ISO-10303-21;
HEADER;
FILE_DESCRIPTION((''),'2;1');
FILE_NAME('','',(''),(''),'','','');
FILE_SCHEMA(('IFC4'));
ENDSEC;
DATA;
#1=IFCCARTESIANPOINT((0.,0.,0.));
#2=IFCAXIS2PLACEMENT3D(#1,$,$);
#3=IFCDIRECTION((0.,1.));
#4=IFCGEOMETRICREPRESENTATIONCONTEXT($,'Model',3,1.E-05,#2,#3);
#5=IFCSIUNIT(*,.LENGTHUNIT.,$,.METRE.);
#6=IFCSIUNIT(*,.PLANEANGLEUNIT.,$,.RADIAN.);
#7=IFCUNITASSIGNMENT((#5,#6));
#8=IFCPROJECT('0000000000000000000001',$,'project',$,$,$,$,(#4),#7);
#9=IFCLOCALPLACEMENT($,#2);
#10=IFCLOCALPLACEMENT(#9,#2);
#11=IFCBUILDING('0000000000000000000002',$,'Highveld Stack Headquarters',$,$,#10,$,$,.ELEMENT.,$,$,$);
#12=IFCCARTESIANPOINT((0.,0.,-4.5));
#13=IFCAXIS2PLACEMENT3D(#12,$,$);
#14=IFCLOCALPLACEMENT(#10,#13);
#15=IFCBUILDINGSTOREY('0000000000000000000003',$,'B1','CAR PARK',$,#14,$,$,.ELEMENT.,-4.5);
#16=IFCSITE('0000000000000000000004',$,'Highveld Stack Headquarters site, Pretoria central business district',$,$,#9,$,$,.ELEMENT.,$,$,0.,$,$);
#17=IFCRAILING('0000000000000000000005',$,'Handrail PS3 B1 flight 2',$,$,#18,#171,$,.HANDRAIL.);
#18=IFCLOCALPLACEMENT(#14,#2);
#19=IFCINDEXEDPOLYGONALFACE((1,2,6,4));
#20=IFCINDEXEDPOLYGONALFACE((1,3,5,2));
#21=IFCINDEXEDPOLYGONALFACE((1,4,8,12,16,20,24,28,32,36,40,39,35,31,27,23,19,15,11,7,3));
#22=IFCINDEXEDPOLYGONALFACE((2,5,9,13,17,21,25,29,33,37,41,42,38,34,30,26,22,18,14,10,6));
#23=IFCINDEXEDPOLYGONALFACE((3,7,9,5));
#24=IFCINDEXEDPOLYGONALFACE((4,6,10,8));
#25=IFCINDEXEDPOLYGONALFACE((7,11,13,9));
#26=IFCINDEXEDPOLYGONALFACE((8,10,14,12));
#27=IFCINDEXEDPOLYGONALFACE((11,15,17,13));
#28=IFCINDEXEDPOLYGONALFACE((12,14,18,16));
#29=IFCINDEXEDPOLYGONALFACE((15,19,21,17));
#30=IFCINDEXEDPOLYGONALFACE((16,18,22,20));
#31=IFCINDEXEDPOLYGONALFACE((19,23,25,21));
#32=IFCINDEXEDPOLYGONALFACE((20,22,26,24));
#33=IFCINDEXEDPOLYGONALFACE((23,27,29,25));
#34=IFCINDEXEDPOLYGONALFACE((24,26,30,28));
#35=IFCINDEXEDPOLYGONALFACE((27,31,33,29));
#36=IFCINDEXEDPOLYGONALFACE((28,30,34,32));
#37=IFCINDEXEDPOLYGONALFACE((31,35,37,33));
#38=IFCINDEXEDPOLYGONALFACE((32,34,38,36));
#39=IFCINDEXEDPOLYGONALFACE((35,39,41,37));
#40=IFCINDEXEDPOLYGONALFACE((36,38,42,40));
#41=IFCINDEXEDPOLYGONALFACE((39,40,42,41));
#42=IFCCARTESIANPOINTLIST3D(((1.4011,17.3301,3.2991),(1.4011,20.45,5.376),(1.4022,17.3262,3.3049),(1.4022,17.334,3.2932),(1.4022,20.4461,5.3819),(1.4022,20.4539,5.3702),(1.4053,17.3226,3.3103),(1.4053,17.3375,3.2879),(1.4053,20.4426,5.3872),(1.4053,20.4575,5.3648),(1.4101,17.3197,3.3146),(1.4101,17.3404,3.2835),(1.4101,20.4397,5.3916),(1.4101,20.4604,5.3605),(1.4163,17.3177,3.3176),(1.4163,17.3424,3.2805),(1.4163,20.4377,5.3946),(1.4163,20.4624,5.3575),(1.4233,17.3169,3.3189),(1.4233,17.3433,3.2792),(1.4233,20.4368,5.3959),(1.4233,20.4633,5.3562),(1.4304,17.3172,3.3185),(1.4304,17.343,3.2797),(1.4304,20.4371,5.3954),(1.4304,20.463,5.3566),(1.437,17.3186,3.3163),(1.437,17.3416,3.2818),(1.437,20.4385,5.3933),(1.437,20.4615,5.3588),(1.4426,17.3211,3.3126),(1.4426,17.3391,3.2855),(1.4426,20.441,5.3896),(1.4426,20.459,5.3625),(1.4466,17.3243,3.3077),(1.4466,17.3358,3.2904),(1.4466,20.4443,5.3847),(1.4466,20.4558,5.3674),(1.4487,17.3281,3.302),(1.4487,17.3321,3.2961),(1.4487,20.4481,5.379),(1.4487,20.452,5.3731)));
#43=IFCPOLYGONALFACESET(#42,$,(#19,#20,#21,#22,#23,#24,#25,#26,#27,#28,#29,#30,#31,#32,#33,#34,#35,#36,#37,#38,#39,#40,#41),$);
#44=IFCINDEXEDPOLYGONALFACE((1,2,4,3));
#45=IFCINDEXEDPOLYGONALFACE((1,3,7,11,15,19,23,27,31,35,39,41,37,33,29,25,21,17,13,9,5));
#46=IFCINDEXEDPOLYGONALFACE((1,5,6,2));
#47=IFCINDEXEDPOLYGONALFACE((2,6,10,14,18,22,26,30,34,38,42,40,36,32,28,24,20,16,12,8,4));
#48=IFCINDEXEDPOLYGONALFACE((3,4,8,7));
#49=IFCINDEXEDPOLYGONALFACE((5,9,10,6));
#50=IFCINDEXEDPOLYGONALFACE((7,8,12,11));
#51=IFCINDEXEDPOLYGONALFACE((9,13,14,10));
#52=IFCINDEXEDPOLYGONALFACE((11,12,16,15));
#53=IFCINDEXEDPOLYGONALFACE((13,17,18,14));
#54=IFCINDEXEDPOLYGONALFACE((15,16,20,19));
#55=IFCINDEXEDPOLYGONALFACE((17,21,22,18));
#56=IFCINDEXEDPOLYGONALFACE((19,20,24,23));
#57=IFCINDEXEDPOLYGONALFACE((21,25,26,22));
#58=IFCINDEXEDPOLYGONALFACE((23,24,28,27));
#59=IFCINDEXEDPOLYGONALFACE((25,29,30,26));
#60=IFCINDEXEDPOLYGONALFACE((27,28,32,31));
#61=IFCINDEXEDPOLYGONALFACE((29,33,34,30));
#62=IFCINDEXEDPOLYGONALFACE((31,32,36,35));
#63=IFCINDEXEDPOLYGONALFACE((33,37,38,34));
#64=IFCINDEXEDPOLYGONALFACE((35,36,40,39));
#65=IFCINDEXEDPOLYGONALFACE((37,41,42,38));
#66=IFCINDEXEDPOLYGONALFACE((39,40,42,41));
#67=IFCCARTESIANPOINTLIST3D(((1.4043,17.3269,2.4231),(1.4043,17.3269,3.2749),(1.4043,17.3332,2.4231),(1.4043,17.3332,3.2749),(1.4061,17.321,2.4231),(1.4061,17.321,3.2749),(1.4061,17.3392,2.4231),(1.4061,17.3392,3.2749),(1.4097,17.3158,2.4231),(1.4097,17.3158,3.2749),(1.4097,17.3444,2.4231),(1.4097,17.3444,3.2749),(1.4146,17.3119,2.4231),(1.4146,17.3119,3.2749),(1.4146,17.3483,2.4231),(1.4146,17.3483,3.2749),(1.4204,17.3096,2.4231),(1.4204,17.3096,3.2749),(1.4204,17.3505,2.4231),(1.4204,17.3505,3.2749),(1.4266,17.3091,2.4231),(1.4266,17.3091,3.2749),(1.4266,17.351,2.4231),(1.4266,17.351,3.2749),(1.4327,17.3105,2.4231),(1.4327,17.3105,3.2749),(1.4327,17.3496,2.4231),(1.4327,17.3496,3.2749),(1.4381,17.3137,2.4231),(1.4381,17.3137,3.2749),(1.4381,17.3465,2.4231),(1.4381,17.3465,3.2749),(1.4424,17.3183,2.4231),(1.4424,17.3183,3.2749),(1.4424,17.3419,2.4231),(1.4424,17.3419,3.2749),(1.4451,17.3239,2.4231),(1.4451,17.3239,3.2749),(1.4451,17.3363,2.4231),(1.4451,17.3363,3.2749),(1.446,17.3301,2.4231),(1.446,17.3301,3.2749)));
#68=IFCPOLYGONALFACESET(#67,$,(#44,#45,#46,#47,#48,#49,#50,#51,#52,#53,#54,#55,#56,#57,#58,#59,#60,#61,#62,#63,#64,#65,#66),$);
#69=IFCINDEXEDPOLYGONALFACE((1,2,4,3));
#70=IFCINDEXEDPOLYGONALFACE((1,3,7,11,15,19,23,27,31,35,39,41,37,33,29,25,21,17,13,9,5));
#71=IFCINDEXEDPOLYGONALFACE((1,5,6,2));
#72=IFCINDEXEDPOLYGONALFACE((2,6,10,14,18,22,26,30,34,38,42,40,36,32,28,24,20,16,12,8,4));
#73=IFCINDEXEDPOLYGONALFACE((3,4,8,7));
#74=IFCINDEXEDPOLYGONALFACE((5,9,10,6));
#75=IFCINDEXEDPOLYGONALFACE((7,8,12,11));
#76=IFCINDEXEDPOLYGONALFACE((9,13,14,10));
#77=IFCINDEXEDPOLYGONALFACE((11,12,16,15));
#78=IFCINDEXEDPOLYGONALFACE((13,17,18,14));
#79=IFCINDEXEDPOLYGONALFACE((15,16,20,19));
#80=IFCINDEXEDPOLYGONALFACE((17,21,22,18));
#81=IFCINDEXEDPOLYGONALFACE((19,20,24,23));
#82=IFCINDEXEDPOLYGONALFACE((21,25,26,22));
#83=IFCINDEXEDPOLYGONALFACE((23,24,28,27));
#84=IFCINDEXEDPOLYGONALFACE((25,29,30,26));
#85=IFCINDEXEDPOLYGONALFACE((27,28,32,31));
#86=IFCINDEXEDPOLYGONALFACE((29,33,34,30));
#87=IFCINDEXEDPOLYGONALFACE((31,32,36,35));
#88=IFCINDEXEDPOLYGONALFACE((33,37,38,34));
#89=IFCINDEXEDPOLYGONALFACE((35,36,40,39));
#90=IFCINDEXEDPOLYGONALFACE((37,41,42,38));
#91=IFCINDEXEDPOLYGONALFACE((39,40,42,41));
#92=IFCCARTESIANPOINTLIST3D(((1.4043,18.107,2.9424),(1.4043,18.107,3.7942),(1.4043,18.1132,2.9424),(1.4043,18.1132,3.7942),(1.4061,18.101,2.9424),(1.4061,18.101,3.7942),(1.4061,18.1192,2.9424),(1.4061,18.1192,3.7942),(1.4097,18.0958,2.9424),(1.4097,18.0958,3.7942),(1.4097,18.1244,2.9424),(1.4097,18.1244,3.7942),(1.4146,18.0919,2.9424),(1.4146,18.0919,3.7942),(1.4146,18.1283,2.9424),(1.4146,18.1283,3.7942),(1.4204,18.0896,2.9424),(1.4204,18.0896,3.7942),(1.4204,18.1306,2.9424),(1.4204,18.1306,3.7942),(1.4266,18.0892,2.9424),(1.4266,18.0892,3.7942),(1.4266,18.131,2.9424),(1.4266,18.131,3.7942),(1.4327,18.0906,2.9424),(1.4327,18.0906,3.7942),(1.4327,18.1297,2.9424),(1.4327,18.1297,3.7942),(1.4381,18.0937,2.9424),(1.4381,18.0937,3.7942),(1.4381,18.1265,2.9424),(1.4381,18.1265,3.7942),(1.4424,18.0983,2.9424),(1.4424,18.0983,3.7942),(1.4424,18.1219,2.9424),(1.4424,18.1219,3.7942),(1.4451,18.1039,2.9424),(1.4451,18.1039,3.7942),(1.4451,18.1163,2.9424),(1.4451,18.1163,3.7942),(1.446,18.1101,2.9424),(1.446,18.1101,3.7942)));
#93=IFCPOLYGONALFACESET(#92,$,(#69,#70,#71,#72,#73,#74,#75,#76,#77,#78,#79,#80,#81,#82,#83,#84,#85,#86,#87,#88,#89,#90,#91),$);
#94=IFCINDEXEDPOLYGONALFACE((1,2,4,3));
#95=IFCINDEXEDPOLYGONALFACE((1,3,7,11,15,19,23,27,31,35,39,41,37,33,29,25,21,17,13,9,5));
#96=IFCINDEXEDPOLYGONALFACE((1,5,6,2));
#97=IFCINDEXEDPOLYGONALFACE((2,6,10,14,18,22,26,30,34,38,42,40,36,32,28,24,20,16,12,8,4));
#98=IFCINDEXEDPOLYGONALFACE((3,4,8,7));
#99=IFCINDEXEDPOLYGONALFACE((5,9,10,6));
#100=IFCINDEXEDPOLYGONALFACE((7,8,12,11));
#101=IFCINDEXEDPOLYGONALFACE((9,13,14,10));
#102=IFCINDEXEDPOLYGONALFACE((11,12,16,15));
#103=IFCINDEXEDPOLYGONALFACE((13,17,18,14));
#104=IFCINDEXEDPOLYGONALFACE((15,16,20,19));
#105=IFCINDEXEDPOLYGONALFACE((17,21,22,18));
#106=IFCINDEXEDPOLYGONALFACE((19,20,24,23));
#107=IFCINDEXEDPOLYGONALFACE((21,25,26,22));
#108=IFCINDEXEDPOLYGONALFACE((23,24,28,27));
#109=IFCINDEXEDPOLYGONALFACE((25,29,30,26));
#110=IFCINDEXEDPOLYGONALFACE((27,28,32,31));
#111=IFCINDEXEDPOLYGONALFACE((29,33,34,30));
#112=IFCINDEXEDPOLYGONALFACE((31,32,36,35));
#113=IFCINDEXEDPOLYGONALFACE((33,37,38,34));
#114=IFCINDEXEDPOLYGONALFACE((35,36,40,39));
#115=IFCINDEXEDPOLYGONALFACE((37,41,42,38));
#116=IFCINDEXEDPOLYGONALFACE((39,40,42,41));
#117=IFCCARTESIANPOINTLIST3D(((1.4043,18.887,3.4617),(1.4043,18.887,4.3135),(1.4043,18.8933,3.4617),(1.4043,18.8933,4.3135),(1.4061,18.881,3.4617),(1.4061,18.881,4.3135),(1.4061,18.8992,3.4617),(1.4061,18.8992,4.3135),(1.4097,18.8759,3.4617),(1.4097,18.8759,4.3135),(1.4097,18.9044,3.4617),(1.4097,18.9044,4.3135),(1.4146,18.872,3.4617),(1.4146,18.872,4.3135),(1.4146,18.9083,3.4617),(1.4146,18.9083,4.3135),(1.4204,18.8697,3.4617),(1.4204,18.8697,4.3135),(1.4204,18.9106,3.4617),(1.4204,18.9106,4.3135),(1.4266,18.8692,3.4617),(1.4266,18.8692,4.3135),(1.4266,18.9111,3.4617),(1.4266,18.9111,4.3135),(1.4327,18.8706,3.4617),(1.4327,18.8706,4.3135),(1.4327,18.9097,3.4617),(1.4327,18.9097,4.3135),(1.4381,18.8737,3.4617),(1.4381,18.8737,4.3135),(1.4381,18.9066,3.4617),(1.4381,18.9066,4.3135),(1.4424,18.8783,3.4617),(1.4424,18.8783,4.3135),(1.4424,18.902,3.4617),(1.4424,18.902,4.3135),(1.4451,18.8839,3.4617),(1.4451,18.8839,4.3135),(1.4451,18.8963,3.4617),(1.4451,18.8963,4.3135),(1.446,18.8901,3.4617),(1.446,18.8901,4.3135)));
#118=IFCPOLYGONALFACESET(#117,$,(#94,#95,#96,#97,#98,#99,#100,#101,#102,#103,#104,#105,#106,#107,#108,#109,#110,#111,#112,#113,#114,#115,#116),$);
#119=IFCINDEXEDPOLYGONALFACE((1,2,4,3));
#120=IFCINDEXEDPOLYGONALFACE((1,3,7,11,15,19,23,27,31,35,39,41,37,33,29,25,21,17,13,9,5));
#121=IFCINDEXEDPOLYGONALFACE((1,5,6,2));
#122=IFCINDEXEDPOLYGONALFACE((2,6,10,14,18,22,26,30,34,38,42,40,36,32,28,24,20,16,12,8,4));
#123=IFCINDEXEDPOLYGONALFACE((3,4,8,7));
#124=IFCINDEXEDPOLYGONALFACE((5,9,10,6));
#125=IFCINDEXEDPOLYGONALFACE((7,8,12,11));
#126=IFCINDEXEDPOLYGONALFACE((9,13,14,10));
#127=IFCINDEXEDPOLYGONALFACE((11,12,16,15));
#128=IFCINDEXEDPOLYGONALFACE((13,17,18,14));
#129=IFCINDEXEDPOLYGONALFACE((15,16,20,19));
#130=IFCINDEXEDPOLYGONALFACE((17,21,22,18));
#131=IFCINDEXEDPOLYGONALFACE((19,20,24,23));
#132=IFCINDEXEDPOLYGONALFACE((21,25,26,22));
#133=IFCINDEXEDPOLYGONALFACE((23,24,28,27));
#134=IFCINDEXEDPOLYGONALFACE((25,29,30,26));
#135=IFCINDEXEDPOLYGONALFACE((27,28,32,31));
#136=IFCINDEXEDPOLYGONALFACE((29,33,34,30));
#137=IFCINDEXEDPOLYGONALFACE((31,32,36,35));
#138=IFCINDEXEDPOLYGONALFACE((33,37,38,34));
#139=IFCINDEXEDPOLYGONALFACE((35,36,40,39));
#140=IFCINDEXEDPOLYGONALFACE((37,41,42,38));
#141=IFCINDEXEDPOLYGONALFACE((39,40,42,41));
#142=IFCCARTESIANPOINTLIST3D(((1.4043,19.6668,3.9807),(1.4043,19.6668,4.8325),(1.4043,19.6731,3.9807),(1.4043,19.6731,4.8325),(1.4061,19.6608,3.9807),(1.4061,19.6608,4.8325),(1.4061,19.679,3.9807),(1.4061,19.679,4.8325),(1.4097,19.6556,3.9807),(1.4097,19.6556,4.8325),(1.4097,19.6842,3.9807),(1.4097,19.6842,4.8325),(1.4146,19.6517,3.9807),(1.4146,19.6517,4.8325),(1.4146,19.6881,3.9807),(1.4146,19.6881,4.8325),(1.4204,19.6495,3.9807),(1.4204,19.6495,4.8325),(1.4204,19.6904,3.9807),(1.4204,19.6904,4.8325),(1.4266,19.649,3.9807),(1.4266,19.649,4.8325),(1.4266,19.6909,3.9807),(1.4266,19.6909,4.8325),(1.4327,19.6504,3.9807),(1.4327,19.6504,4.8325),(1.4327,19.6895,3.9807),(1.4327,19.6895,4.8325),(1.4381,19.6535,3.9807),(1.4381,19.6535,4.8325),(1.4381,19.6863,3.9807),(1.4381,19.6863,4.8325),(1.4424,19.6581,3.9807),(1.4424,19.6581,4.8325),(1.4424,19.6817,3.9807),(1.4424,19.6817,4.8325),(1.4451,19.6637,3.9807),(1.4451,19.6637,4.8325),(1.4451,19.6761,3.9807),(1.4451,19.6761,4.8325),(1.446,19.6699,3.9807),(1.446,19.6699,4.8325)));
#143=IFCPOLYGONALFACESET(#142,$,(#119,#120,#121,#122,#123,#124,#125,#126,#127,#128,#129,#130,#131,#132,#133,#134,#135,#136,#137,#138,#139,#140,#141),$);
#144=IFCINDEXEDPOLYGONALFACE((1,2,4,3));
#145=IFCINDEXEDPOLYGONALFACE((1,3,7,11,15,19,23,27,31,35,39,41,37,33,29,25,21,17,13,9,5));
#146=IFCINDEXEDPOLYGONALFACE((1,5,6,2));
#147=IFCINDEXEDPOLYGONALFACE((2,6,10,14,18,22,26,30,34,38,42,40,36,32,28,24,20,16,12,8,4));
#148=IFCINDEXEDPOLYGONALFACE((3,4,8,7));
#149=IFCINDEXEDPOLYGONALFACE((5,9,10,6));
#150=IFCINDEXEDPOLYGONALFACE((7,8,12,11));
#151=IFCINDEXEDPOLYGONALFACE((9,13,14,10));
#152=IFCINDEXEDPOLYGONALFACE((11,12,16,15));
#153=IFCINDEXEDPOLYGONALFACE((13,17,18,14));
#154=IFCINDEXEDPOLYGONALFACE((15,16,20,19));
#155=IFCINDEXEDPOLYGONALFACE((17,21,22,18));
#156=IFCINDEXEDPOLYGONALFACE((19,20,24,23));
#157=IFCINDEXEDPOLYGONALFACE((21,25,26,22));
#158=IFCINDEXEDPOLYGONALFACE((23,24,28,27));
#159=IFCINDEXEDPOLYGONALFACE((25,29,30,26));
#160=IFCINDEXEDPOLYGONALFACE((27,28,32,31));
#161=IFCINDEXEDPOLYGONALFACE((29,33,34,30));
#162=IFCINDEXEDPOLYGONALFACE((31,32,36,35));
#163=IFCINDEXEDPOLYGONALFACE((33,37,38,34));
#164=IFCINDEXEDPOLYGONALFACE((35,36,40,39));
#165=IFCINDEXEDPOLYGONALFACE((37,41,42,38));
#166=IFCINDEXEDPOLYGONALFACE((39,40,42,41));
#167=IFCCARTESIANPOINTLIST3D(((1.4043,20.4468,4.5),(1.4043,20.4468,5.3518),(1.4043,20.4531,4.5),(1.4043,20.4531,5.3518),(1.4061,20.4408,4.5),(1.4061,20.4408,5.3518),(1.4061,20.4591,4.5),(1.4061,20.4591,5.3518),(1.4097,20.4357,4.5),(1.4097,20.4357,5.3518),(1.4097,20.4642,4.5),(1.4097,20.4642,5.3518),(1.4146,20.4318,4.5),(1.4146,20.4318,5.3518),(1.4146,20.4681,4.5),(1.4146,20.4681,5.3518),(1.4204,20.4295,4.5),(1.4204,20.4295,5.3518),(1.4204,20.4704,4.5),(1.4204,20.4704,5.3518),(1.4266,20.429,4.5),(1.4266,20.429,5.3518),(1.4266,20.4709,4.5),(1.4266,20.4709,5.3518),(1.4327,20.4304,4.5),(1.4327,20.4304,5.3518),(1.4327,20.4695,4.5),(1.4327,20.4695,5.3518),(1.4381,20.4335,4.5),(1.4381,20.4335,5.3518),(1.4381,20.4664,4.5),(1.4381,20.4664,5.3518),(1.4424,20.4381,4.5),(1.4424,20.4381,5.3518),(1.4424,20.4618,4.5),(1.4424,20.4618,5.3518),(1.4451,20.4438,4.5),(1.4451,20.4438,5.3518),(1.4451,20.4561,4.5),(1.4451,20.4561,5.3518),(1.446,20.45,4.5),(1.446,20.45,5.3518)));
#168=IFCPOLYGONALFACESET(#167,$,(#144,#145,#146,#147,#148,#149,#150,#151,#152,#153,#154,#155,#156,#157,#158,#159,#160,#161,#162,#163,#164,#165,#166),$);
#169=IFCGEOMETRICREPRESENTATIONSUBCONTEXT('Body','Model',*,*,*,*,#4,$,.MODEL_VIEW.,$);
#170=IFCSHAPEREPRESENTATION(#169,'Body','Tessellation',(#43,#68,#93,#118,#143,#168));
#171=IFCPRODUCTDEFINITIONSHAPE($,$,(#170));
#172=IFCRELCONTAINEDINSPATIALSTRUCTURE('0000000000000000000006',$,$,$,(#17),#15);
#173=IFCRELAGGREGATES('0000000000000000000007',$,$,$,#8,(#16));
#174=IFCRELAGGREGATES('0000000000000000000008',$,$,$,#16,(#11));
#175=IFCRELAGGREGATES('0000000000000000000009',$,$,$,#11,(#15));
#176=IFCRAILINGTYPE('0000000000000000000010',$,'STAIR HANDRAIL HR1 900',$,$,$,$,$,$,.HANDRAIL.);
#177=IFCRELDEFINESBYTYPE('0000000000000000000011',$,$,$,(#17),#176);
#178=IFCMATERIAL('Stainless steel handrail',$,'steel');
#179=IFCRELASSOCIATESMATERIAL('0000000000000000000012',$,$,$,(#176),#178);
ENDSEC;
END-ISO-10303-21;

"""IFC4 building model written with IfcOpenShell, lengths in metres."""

from ifc_helpers import new_model, si_unit, direction, frame, origin, origin_2d, place, context, subcontext, project, spatial, circle, extrude, material, type_object, element, save


model = new_model("IFC4")

# Units and contexts
model_context = context("Model", 3, precision=1e-05, world=origin(), true_north=direction((0.0, 1.0)))
body_context = subcontext(model_context, "Body", "Model", "MODEL_VIEW")
ifc_project = project(units=[si_unit("LENGTHUNIT", "METRE"), si_unit("PLANEANGLEUNIT", "RADIAN")], contexts=[model_context])

# Site, building, storey
site_placement = place(None, origin())
site = spatial("IfcSite", under=ifc_project, at=site_placement, Name="Highveld Stack Headquarters site, Pretoria central business district", CompositionType="ELEMENT", RefElevation=0.0)
building_placement = place(site_placement, origin())
building = spatial("IfcBuilding", under=site, at=building_placement, Name="Highveld Stack Headquarters", CompositionType="ELEMENT")
storey_placement = place(building_placement, frame((0.0, 0.0, -4.5)))
storey = spatial("IfcBuildingStorey", under=building, at=storey_placement, Name="B1", Description="CAR PARK", CompositionType="ELEMENT", Elevation=-4.5)

# Railing
ifc_material_1 = material(Name="Stainless steel handrail", Category="steel")
railing_type = type_object("IfcRailingType", Name="STAIR HANDRAIL HR1 900", PredefinedType="HANDRAIL", material=ifc_material_1)
for number, where, name in (
    (1, (1.425, 17.3301, 2.4231), "Handrail PS3 B1 flight 2"),
):
    element("IfcRailing", number, at=place(storey_placement, frame(where)), inside=storey, type_object=railing_type, Name=name, PredefinedType="HANDRAIL", context=body_context, shape_type="SweptSolid", body=[
        extrude(circle(Radius=0.0239, at=origin_2d()), frame((0.0, 0.0, 0.876), z_axis=(0.0, 0.832421, 0.554144), x_axis=(-1.0, 0.0, 0.0)), (0.0, 0.0, 1.0), 3.748),
        extrude(circle(Radius=0.021, at=origin_2d()), origin(), (0.0, 0.0, 1.0), 0.8518),
        extrude(circle(Radius=0.021, at=origin_2d()), frame((0.0, 0.78, 0.5193)), (0.0, 0.0, 1.0), 0.8518),
        extrude(circle(Radius=0.021, at=origin_2d()), frame((0.0, 1.5601, 1.0386)), (0.0, 0.0, 1.0), 0.8518),
        extrude(circle(Radius=0.021, at=origin_2d()), frame((0.0, 2.3398, 1.5576)), (0.0, 0.0, 1.0), 0.8518),
        extrude(circle(Radius=0.021, at=origin_2d()), frame((0.0, 3.1199, 2.0769)), (0.0, 0.0, 1.0), 0.8518),
    ])

save(model, "model.ifc")
